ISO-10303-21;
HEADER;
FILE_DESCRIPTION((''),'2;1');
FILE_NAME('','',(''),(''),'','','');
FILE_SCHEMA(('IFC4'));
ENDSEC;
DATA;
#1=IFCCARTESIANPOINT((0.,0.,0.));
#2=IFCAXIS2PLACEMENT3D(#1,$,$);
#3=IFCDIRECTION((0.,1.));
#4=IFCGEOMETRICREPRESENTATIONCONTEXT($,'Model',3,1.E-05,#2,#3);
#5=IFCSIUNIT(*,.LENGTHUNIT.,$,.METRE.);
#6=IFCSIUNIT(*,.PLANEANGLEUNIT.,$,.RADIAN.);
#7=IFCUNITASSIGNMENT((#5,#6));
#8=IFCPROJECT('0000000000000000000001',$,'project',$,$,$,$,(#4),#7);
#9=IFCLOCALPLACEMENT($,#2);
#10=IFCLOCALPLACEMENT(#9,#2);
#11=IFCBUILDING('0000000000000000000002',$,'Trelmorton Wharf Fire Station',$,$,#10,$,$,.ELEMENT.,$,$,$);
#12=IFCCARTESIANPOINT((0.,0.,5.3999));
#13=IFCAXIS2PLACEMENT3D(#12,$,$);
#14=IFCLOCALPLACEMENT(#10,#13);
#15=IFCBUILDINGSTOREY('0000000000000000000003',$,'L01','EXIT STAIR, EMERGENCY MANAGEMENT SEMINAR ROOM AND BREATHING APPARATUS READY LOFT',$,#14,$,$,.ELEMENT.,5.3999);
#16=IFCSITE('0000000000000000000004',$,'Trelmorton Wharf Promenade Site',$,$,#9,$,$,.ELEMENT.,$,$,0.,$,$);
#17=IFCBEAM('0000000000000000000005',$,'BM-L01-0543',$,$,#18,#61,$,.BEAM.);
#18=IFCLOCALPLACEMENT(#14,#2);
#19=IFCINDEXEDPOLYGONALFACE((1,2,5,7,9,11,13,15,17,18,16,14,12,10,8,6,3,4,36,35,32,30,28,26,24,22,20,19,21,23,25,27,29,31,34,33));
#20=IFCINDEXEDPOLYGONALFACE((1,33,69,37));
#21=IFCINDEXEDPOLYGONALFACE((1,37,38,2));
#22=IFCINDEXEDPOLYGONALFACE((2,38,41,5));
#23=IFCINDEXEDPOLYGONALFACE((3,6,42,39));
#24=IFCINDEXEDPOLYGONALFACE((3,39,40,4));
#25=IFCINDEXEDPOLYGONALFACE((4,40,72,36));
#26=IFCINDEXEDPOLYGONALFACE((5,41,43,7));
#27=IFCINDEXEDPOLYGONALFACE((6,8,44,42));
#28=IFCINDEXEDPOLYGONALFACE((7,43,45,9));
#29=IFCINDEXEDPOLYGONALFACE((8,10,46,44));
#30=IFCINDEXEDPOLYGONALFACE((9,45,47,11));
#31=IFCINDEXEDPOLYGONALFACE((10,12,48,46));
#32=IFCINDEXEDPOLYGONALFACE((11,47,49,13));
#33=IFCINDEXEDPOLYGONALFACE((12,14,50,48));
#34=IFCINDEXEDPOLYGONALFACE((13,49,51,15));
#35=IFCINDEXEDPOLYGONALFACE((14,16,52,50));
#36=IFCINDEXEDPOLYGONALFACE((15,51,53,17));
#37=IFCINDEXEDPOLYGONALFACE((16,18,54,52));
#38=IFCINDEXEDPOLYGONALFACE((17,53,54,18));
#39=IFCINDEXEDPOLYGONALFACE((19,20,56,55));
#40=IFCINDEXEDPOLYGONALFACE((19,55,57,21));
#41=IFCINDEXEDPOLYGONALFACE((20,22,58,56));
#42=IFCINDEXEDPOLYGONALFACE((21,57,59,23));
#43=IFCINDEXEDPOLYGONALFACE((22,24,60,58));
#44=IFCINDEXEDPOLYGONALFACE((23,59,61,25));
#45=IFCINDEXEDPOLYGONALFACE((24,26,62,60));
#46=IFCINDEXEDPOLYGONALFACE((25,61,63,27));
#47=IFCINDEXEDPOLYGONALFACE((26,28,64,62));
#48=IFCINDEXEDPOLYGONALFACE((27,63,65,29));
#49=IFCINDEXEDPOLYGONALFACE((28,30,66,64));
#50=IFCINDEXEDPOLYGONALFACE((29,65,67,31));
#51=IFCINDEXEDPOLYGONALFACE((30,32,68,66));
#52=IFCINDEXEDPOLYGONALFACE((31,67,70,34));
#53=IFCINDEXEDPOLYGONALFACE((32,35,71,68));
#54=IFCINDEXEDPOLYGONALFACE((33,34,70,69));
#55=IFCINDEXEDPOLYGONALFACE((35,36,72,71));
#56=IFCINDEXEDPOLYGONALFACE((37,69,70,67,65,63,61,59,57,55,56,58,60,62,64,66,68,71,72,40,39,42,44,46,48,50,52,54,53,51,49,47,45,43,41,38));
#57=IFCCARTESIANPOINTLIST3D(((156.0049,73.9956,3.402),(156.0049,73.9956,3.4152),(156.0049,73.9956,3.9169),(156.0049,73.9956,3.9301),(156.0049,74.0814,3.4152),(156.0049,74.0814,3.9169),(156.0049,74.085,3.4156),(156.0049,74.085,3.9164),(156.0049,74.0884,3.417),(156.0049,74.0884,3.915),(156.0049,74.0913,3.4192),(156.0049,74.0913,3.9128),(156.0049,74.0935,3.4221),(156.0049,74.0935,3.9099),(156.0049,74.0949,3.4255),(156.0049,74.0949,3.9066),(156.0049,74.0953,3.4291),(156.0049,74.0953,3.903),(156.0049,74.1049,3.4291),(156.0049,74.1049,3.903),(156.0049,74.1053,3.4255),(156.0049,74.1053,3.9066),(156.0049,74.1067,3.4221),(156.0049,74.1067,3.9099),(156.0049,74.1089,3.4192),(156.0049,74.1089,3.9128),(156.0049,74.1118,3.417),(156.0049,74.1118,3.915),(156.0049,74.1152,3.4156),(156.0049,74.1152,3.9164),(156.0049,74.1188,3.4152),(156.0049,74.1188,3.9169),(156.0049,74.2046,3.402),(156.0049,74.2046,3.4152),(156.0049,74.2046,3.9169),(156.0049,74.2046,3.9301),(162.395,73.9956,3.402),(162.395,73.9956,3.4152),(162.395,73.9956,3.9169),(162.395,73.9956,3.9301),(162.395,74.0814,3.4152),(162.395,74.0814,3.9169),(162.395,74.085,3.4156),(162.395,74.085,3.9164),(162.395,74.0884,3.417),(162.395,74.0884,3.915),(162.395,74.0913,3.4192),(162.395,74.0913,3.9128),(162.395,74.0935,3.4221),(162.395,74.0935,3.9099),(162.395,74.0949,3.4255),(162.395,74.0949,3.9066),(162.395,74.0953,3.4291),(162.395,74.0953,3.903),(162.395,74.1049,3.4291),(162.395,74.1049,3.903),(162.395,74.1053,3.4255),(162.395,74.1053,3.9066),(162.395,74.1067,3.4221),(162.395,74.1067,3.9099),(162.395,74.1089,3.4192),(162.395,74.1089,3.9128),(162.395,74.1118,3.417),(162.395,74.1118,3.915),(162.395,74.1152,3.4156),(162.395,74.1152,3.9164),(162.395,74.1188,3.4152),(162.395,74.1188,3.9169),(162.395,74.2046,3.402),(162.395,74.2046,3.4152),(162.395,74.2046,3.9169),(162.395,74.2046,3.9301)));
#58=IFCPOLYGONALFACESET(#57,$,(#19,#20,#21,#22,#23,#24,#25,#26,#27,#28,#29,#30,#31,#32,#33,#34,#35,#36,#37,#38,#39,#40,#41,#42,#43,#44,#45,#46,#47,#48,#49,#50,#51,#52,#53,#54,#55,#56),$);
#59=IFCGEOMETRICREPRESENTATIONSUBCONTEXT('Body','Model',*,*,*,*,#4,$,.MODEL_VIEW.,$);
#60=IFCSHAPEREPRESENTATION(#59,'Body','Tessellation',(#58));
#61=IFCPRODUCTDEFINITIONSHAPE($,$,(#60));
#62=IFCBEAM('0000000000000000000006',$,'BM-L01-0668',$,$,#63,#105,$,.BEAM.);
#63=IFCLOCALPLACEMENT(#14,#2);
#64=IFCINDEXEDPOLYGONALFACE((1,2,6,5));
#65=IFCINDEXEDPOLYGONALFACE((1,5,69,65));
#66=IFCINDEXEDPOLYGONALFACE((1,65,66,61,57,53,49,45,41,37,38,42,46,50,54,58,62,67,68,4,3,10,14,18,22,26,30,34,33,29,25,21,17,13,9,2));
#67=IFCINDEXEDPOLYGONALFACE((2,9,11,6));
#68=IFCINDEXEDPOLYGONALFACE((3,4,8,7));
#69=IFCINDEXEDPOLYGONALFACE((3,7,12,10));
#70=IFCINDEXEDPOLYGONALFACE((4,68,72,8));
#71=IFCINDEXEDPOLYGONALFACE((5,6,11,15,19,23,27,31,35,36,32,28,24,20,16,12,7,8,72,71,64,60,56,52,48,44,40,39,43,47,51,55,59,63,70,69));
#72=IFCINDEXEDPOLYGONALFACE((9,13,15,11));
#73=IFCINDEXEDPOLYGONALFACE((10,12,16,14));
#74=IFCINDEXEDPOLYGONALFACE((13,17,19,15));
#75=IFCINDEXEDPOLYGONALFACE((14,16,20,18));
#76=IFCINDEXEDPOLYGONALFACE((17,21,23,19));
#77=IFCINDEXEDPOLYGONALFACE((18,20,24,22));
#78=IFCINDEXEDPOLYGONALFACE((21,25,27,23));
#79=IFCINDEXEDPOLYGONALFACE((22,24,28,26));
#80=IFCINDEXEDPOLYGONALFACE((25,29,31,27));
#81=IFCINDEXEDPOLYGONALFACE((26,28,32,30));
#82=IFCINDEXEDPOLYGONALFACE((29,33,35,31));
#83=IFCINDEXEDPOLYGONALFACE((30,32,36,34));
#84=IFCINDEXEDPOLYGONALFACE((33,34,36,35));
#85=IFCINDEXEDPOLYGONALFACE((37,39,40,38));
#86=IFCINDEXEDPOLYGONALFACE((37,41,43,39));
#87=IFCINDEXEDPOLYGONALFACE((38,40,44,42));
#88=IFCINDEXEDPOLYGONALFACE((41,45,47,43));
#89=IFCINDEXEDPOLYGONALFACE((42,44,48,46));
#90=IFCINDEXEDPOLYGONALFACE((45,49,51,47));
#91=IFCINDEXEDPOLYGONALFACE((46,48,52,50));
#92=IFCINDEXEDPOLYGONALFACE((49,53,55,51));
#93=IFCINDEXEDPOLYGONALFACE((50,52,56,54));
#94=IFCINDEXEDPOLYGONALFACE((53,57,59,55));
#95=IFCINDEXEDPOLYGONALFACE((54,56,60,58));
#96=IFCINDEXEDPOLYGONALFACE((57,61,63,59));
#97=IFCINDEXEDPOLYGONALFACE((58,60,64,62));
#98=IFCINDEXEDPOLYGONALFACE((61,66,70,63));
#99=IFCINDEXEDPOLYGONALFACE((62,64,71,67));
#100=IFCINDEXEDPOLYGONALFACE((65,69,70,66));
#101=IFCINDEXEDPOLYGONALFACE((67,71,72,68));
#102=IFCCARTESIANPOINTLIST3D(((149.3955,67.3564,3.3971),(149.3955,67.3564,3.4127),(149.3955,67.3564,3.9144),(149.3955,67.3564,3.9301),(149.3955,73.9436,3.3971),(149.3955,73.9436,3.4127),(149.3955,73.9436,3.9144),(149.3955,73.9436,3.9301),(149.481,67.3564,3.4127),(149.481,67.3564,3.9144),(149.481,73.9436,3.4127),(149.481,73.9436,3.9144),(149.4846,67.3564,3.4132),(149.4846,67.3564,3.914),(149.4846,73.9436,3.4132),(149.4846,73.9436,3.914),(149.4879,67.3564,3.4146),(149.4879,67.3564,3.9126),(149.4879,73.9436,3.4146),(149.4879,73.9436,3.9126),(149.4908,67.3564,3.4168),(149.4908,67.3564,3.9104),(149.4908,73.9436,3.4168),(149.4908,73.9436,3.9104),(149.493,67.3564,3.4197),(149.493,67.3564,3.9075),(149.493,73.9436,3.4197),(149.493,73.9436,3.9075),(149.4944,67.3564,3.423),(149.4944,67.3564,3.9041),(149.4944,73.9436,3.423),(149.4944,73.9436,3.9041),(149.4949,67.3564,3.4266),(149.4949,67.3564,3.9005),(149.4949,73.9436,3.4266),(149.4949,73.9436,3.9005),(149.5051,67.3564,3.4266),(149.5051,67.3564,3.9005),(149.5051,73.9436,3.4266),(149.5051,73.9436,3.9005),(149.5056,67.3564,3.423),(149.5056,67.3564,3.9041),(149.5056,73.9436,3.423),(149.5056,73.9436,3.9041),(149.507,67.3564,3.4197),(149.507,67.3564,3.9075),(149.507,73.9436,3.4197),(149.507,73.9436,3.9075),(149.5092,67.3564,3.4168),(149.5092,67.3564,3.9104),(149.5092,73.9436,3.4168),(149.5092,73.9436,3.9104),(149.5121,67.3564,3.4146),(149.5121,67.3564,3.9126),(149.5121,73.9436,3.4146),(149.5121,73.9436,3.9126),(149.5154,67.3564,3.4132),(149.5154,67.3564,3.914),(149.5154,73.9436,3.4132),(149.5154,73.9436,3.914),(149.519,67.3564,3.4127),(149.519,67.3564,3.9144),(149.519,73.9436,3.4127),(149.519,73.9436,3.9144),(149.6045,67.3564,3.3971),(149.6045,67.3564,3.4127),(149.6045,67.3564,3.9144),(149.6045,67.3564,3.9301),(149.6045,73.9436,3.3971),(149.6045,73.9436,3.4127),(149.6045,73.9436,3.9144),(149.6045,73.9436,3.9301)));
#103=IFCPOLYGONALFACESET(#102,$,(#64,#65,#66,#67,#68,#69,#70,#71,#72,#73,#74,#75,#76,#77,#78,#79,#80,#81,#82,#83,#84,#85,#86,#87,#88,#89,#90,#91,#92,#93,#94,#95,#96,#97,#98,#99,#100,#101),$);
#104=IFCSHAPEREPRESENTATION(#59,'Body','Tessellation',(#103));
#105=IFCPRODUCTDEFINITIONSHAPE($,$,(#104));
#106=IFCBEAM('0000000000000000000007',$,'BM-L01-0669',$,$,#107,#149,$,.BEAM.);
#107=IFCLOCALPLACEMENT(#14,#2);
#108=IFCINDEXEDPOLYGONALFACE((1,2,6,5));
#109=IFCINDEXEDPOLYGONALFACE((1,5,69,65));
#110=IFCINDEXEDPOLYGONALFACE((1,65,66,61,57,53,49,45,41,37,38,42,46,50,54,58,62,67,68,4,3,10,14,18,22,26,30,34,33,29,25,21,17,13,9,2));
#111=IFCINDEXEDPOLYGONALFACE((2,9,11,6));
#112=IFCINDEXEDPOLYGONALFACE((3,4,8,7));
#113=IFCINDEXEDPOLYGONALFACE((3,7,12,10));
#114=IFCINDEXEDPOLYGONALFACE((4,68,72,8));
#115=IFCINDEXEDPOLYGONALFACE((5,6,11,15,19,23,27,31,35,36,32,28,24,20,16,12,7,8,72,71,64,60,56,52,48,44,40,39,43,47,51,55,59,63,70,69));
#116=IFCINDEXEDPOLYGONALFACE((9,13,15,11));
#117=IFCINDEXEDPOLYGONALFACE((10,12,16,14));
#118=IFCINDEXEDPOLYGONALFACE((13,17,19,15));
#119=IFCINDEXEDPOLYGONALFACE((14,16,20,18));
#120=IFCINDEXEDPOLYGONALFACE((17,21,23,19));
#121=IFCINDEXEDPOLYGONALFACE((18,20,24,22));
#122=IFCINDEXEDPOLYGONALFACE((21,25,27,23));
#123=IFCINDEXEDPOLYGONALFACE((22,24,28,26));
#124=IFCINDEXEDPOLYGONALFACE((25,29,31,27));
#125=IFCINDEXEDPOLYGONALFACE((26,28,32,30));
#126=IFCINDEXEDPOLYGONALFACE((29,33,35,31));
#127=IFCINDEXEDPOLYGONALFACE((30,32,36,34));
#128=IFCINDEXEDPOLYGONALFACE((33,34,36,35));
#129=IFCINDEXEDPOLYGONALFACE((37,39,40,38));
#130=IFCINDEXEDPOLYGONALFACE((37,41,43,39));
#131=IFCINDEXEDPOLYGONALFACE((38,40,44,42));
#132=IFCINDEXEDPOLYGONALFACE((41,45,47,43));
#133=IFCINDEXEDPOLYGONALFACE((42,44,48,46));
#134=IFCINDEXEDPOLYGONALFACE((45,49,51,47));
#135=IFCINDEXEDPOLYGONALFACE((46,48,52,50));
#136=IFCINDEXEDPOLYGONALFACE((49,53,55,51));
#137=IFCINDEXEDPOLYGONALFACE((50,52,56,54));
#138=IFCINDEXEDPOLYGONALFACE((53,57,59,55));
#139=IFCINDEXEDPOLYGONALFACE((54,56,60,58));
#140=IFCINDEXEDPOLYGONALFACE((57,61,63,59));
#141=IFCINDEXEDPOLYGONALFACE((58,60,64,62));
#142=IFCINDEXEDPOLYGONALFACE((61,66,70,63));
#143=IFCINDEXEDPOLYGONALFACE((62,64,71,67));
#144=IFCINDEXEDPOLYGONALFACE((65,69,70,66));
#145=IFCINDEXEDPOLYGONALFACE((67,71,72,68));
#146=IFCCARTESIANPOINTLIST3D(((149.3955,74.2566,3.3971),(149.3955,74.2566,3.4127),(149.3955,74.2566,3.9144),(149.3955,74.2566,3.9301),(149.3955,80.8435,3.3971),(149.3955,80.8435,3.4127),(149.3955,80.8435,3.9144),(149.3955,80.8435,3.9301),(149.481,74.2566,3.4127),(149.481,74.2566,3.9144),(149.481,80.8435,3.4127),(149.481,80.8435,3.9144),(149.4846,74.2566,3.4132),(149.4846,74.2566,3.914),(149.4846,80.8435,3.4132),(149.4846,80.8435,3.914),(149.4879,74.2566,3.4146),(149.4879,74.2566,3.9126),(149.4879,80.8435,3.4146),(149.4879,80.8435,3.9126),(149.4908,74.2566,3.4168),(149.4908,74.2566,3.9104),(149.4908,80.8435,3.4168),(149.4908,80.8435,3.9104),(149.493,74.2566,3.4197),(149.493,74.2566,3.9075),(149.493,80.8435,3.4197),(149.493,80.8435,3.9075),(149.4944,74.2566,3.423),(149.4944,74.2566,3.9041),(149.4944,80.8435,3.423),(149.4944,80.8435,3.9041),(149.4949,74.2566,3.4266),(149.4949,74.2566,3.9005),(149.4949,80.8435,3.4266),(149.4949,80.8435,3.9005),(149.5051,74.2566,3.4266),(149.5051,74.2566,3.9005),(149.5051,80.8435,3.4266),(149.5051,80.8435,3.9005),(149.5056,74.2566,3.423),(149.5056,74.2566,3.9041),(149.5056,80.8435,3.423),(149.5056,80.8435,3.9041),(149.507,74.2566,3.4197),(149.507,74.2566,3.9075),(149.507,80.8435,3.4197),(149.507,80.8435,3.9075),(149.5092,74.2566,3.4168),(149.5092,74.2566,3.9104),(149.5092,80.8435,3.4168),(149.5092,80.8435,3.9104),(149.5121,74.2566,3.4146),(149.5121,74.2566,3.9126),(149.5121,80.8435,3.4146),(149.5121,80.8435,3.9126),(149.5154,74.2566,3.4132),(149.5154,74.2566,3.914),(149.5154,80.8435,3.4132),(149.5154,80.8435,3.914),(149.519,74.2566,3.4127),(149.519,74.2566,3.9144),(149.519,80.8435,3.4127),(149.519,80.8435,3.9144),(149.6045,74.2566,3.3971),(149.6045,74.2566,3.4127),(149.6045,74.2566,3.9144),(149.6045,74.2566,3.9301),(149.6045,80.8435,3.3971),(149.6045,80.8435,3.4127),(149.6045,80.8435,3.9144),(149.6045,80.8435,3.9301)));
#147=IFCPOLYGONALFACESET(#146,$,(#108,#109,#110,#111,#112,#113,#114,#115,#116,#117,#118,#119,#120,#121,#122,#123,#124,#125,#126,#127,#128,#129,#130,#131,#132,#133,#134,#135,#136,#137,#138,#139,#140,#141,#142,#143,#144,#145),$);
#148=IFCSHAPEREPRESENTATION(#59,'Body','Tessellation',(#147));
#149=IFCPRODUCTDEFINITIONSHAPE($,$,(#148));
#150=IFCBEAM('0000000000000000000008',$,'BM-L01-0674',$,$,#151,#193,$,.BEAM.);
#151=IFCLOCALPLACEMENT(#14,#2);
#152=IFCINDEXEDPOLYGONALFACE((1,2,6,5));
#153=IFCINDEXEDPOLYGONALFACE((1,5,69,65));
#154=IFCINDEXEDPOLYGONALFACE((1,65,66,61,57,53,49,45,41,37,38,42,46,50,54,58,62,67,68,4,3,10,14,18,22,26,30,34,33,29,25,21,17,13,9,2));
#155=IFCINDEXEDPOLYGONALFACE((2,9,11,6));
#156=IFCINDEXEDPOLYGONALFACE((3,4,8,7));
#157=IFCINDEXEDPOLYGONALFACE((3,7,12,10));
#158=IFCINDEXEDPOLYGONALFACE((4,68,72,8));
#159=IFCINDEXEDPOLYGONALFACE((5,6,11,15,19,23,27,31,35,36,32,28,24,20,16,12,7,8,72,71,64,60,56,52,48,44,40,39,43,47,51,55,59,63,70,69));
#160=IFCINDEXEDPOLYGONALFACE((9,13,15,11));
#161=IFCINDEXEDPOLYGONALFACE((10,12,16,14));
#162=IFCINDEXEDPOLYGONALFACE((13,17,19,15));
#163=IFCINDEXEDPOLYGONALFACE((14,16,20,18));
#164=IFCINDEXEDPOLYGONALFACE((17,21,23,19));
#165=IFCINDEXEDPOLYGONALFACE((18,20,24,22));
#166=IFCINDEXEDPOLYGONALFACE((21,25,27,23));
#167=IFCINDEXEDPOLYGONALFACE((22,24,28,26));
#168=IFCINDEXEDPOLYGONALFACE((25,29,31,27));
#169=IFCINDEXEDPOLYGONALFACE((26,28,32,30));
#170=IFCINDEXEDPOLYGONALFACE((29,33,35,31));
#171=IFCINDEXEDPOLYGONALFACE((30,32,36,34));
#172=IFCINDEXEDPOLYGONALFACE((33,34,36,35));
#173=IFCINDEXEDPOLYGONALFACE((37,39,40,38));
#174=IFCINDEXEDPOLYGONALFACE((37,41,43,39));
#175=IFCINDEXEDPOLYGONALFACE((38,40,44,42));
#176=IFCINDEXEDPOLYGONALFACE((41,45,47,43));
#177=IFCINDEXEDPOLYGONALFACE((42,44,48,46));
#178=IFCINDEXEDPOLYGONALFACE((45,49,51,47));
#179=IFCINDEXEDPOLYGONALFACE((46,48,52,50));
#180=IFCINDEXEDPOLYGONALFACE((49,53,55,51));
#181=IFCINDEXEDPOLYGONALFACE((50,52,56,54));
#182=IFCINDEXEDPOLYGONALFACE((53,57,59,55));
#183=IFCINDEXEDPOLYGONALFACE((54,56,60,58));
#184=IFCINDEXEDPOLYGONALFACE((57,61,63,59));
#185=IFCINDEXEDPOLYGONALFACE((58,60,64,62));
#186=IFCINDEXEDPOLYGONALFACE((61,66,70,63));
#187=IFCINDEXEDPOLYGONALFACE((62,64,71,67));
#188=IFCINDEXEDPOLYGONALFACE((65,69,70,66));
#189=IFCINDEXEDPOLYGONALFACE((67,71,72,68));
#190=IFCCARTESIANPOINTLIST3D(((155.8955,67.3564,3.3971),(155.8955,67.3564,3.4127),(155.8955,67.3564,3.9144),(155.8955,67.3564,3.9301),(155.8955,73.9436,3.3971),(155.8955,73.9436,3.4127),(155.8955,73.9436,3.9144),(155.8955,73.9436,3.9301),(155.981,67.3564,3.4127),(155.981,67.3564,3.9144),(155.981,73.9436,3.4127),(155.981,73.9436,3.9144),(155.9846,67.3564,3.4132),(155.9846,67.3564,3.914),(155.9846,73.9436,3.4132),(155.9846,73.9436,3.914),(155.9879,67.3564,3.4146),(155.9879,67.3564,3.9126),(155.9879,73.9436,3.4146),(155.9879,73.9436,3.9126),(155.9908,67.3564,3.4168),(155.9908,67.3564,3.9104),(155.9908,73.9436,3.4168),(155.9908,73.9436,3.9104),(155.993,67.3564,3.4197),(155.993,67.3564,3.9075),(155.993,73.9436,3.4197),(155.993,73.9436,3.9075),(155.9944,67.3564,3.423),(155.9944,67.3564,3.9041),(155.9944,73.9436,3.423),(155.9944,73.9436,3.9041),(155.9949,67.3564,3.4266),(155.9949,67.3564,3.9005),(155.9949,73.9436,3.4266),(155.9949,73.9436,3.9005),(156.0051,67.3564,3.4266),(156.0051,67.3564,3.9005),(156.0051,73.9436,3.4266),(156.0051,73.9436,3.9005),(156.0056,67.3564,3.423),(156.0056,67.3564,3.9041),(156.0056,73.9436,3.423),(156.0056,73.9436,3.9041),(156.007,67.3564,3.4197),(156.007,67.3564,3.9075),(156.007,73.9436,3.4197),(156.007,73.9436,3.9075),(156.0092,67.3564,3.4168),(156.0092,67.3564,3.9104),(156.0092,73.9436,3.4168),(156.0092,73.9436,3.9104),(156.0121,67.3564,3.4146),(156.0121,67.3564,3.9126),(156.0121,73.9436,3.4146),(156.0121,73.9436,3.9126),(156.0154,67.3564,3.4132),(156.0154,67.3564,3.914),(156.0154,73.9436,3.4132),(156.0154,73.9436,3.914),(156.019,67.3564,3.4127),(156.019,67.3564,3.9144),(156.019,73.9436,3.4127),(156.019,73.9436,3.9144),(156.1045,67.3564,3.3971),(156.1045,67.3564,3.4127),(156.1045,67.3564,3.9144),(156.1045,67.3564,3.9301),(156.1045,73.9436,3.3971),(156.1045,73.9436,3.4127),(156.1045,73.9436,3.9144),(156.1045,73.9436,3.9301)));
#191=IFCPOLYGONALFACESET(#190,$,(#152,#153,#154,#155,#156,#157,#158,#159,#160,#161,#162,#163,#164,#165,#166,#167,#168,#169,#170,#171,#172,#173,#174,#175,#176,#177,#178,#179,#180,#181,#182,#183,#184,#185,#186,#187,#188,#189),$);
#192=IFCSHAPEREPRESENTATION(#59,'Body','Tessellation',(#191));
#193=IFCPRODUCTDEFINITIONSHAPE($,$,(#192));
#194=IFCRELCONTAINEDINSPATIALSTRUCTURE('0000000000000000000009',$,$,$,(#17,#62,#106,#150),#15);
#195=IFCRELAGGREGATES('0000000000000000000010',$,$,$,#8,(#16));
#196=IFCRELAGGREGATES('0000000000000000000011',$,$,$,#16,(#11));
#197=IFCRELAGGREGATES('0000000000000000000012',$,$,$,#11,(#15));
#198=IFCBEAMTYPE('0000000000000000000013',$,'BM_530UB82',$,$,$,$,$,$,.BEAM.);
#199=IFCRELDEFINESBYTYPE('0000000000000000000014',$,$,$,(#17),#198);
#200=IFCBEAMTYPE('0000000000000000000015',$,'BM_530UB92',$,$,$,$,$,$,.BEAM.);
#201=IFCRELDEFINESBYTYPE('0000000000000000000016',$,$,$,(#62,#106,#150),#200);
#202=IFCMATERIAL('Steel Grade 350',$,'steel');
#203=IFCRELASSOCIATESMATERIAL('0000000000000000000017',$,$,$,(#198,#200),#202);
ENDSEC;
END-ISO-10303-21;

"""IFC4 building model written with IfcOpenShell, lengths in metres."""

from ifc_helpers import new_model, si_unit, direction, frame, origin, origin_2d, place, context, subcontext, project, spatial, i_section, extrude, material, material_profile, profile_set, type_object, element, save


model = new_model("IFC4")

# Units and contexts
model_context = context("Model", 3, precision=1e-05, world=origin(), true_north=direction((0.0, 1.0)))
body_context = subcontext(model_context, "Body", "Model", "MODEL_VIEW")
ifc_project = project(units=[si_unit("LENGTHUNIT", "METRE"), si_unit("PLANEANGLEUNIT", "RADIAN")], contexts=[model_context])

# Site, building, storey
site_placement = place(None, origin())
site = spatial("IfcSite", under=ifc_project, at=site_placement, Name="Trelmorton Wharf Promenade Site", CompositionType="ELEMENT", RefElevation=0.0)
building_placement = place(site_placement, origin())
building = spatial("IfcBuilding", under=site, at=building_placement, Name="Trelmorton Wharf Fire Station", CompositionType="ELEMENT")
storey_placement = place(building_placement, frame((0.0, 0.0, 5.3999)))
storey = spatial("IfcBuildingStorey", under=building, at=storey_placement, Name="L01", Description="EXIT STAIR, EMERGENCY MANAGEMENT SEMINAR ROOM AND BREATHING APPARATUS READY LOFT", CompositionType="ELEMENT", Elevation=5.3999)

# Shared definitions
ifc_material_1 = material(Name="Steel Grade 350", Category="steel")

# Beams
ifc_material_profile_1 = material_profile(ifc_material_1, i_section(OverallWidth=0.209, OverallDepth=0.5281, WebThickness=0.0095, FlangeThickness=0.0132, FilletRadius=0.0139, at=origin_2d()), Name="530UB82.0")
ifc_profile_set_1 = profile_set([ifc_material_profile_1], Name="Steel Grade 350")
beam_type_1 = type_object("IfcBeamType", Name="BM_530UB82", PredefinedType="BEAM", material=ifc_profile_set_1)
beam_1_placement = place(storey_placement, frame((156.0049, 74.1001, 3.666), z_axis=(1.0, 0.0, 0.0), x_axis=(0.0, 1.0, 0.0)))
element("IfcBeam", 1, at=beam_1_placement, inside=storey, type_object=beam_type_1, Name="BM-L01-0543", PredefinedType="BEAM", context=body_context, shape_type="SweptSolid", body=[
    extrude(i_section(OverallWidth=0.209, OverallDepth=0.5281, WebThickness=0.0095, FlangeThickness=0.0132, FilletRadius=0.0139, at=origin_2d()), origin(), (0.0, 0.0, 1.0), 6.3901),
])
ifc_material_profile_2 = material_profile(ifc_material_1, i_section(OverallWidth=0.209, OverallDepth=0.533, WebThickness=0.0103, FlangeThickness=0.0156, FilletRadius=0.0139, at=origin_2d()), Name="530UB92.4")
ifc_profile_set_2 = profile_set([ifc_material_profile_2], Name="Steel Grade 350")
beam_type_2 = type_object("IfcBeamType", Name="BM_530UB92", PredefinedType="BEAM", material=ifc_profile_set_2)
beam_2_placement = place(storey_placement, frame((149.5, 67.3564, 3.6636), z_axis=(0.0, 1.0, 0.0), x_axis=(-1.0, 0.0, 0.0)))
element("IfcBeam", 2, at=beam_2_placement, inside=storey, type_object=beam_type_2, Name="BM-L01-0668", PredefinedType="BEAM", context=body_context, shape_type="SweptSolid", body=[
    extrude(i_section(OverallWidth=0.209, OverallDepth=0.533, WebThickness=0.0103, FlangeThickness=0.0156, FilletRadius=0.0139, at=origin_2d()), origin(), (0.0, 0.0, 1.0), 6.5872),
])
beam_3_placement = place(storey_placement, frame((149.5, 74.2566, 3.6636), z_axis=(0.0, 1.0, 0.0), x_axis=(-1.0, 0.0, 0.0)))
element("IfcBeam", 3, at=beam_3_placement, inside=storey, type_object=beam_type_2, Name="BM-L01-0669", PredefinedType="BEAM", context=body_context, shape_type="SweptSolid", body=[
    extrude(i_section(OverallWidth=0.209, OverallDepth=0.533, WebThickness=0.0103, FlangeThickness=0.0156, FilletRadius=0.0139, at=origin_2d()), origin(), (0.0, 0.0, 1.0), 6.5869),
])
beam_4_placement = place(storey_placement, frame((156.0, 67.3564, 3.6636), z_axis=(0.0, 1.0, 0.0), x_axis=(-1.0, 0.0, 0.0)))
element("IfcBeam", 4, at=beam_4_placement, inside=storey, type_object=beam_type_2, Name="BM-L01-0674", PredefinedType="BEAM", context=body_context, shape_type="SweptSolid", body=[
    extrude(i_section(OverallWidth=0.209, OverallDepth=0.533, WebThickness=0.0103, FlangeThickness=0.0156, FilletRadius=0.0139, at=origin_2d()), origin(), (0.0, 0.0, 1.0), 6.5872),
])

save(model, "model.ifc")
